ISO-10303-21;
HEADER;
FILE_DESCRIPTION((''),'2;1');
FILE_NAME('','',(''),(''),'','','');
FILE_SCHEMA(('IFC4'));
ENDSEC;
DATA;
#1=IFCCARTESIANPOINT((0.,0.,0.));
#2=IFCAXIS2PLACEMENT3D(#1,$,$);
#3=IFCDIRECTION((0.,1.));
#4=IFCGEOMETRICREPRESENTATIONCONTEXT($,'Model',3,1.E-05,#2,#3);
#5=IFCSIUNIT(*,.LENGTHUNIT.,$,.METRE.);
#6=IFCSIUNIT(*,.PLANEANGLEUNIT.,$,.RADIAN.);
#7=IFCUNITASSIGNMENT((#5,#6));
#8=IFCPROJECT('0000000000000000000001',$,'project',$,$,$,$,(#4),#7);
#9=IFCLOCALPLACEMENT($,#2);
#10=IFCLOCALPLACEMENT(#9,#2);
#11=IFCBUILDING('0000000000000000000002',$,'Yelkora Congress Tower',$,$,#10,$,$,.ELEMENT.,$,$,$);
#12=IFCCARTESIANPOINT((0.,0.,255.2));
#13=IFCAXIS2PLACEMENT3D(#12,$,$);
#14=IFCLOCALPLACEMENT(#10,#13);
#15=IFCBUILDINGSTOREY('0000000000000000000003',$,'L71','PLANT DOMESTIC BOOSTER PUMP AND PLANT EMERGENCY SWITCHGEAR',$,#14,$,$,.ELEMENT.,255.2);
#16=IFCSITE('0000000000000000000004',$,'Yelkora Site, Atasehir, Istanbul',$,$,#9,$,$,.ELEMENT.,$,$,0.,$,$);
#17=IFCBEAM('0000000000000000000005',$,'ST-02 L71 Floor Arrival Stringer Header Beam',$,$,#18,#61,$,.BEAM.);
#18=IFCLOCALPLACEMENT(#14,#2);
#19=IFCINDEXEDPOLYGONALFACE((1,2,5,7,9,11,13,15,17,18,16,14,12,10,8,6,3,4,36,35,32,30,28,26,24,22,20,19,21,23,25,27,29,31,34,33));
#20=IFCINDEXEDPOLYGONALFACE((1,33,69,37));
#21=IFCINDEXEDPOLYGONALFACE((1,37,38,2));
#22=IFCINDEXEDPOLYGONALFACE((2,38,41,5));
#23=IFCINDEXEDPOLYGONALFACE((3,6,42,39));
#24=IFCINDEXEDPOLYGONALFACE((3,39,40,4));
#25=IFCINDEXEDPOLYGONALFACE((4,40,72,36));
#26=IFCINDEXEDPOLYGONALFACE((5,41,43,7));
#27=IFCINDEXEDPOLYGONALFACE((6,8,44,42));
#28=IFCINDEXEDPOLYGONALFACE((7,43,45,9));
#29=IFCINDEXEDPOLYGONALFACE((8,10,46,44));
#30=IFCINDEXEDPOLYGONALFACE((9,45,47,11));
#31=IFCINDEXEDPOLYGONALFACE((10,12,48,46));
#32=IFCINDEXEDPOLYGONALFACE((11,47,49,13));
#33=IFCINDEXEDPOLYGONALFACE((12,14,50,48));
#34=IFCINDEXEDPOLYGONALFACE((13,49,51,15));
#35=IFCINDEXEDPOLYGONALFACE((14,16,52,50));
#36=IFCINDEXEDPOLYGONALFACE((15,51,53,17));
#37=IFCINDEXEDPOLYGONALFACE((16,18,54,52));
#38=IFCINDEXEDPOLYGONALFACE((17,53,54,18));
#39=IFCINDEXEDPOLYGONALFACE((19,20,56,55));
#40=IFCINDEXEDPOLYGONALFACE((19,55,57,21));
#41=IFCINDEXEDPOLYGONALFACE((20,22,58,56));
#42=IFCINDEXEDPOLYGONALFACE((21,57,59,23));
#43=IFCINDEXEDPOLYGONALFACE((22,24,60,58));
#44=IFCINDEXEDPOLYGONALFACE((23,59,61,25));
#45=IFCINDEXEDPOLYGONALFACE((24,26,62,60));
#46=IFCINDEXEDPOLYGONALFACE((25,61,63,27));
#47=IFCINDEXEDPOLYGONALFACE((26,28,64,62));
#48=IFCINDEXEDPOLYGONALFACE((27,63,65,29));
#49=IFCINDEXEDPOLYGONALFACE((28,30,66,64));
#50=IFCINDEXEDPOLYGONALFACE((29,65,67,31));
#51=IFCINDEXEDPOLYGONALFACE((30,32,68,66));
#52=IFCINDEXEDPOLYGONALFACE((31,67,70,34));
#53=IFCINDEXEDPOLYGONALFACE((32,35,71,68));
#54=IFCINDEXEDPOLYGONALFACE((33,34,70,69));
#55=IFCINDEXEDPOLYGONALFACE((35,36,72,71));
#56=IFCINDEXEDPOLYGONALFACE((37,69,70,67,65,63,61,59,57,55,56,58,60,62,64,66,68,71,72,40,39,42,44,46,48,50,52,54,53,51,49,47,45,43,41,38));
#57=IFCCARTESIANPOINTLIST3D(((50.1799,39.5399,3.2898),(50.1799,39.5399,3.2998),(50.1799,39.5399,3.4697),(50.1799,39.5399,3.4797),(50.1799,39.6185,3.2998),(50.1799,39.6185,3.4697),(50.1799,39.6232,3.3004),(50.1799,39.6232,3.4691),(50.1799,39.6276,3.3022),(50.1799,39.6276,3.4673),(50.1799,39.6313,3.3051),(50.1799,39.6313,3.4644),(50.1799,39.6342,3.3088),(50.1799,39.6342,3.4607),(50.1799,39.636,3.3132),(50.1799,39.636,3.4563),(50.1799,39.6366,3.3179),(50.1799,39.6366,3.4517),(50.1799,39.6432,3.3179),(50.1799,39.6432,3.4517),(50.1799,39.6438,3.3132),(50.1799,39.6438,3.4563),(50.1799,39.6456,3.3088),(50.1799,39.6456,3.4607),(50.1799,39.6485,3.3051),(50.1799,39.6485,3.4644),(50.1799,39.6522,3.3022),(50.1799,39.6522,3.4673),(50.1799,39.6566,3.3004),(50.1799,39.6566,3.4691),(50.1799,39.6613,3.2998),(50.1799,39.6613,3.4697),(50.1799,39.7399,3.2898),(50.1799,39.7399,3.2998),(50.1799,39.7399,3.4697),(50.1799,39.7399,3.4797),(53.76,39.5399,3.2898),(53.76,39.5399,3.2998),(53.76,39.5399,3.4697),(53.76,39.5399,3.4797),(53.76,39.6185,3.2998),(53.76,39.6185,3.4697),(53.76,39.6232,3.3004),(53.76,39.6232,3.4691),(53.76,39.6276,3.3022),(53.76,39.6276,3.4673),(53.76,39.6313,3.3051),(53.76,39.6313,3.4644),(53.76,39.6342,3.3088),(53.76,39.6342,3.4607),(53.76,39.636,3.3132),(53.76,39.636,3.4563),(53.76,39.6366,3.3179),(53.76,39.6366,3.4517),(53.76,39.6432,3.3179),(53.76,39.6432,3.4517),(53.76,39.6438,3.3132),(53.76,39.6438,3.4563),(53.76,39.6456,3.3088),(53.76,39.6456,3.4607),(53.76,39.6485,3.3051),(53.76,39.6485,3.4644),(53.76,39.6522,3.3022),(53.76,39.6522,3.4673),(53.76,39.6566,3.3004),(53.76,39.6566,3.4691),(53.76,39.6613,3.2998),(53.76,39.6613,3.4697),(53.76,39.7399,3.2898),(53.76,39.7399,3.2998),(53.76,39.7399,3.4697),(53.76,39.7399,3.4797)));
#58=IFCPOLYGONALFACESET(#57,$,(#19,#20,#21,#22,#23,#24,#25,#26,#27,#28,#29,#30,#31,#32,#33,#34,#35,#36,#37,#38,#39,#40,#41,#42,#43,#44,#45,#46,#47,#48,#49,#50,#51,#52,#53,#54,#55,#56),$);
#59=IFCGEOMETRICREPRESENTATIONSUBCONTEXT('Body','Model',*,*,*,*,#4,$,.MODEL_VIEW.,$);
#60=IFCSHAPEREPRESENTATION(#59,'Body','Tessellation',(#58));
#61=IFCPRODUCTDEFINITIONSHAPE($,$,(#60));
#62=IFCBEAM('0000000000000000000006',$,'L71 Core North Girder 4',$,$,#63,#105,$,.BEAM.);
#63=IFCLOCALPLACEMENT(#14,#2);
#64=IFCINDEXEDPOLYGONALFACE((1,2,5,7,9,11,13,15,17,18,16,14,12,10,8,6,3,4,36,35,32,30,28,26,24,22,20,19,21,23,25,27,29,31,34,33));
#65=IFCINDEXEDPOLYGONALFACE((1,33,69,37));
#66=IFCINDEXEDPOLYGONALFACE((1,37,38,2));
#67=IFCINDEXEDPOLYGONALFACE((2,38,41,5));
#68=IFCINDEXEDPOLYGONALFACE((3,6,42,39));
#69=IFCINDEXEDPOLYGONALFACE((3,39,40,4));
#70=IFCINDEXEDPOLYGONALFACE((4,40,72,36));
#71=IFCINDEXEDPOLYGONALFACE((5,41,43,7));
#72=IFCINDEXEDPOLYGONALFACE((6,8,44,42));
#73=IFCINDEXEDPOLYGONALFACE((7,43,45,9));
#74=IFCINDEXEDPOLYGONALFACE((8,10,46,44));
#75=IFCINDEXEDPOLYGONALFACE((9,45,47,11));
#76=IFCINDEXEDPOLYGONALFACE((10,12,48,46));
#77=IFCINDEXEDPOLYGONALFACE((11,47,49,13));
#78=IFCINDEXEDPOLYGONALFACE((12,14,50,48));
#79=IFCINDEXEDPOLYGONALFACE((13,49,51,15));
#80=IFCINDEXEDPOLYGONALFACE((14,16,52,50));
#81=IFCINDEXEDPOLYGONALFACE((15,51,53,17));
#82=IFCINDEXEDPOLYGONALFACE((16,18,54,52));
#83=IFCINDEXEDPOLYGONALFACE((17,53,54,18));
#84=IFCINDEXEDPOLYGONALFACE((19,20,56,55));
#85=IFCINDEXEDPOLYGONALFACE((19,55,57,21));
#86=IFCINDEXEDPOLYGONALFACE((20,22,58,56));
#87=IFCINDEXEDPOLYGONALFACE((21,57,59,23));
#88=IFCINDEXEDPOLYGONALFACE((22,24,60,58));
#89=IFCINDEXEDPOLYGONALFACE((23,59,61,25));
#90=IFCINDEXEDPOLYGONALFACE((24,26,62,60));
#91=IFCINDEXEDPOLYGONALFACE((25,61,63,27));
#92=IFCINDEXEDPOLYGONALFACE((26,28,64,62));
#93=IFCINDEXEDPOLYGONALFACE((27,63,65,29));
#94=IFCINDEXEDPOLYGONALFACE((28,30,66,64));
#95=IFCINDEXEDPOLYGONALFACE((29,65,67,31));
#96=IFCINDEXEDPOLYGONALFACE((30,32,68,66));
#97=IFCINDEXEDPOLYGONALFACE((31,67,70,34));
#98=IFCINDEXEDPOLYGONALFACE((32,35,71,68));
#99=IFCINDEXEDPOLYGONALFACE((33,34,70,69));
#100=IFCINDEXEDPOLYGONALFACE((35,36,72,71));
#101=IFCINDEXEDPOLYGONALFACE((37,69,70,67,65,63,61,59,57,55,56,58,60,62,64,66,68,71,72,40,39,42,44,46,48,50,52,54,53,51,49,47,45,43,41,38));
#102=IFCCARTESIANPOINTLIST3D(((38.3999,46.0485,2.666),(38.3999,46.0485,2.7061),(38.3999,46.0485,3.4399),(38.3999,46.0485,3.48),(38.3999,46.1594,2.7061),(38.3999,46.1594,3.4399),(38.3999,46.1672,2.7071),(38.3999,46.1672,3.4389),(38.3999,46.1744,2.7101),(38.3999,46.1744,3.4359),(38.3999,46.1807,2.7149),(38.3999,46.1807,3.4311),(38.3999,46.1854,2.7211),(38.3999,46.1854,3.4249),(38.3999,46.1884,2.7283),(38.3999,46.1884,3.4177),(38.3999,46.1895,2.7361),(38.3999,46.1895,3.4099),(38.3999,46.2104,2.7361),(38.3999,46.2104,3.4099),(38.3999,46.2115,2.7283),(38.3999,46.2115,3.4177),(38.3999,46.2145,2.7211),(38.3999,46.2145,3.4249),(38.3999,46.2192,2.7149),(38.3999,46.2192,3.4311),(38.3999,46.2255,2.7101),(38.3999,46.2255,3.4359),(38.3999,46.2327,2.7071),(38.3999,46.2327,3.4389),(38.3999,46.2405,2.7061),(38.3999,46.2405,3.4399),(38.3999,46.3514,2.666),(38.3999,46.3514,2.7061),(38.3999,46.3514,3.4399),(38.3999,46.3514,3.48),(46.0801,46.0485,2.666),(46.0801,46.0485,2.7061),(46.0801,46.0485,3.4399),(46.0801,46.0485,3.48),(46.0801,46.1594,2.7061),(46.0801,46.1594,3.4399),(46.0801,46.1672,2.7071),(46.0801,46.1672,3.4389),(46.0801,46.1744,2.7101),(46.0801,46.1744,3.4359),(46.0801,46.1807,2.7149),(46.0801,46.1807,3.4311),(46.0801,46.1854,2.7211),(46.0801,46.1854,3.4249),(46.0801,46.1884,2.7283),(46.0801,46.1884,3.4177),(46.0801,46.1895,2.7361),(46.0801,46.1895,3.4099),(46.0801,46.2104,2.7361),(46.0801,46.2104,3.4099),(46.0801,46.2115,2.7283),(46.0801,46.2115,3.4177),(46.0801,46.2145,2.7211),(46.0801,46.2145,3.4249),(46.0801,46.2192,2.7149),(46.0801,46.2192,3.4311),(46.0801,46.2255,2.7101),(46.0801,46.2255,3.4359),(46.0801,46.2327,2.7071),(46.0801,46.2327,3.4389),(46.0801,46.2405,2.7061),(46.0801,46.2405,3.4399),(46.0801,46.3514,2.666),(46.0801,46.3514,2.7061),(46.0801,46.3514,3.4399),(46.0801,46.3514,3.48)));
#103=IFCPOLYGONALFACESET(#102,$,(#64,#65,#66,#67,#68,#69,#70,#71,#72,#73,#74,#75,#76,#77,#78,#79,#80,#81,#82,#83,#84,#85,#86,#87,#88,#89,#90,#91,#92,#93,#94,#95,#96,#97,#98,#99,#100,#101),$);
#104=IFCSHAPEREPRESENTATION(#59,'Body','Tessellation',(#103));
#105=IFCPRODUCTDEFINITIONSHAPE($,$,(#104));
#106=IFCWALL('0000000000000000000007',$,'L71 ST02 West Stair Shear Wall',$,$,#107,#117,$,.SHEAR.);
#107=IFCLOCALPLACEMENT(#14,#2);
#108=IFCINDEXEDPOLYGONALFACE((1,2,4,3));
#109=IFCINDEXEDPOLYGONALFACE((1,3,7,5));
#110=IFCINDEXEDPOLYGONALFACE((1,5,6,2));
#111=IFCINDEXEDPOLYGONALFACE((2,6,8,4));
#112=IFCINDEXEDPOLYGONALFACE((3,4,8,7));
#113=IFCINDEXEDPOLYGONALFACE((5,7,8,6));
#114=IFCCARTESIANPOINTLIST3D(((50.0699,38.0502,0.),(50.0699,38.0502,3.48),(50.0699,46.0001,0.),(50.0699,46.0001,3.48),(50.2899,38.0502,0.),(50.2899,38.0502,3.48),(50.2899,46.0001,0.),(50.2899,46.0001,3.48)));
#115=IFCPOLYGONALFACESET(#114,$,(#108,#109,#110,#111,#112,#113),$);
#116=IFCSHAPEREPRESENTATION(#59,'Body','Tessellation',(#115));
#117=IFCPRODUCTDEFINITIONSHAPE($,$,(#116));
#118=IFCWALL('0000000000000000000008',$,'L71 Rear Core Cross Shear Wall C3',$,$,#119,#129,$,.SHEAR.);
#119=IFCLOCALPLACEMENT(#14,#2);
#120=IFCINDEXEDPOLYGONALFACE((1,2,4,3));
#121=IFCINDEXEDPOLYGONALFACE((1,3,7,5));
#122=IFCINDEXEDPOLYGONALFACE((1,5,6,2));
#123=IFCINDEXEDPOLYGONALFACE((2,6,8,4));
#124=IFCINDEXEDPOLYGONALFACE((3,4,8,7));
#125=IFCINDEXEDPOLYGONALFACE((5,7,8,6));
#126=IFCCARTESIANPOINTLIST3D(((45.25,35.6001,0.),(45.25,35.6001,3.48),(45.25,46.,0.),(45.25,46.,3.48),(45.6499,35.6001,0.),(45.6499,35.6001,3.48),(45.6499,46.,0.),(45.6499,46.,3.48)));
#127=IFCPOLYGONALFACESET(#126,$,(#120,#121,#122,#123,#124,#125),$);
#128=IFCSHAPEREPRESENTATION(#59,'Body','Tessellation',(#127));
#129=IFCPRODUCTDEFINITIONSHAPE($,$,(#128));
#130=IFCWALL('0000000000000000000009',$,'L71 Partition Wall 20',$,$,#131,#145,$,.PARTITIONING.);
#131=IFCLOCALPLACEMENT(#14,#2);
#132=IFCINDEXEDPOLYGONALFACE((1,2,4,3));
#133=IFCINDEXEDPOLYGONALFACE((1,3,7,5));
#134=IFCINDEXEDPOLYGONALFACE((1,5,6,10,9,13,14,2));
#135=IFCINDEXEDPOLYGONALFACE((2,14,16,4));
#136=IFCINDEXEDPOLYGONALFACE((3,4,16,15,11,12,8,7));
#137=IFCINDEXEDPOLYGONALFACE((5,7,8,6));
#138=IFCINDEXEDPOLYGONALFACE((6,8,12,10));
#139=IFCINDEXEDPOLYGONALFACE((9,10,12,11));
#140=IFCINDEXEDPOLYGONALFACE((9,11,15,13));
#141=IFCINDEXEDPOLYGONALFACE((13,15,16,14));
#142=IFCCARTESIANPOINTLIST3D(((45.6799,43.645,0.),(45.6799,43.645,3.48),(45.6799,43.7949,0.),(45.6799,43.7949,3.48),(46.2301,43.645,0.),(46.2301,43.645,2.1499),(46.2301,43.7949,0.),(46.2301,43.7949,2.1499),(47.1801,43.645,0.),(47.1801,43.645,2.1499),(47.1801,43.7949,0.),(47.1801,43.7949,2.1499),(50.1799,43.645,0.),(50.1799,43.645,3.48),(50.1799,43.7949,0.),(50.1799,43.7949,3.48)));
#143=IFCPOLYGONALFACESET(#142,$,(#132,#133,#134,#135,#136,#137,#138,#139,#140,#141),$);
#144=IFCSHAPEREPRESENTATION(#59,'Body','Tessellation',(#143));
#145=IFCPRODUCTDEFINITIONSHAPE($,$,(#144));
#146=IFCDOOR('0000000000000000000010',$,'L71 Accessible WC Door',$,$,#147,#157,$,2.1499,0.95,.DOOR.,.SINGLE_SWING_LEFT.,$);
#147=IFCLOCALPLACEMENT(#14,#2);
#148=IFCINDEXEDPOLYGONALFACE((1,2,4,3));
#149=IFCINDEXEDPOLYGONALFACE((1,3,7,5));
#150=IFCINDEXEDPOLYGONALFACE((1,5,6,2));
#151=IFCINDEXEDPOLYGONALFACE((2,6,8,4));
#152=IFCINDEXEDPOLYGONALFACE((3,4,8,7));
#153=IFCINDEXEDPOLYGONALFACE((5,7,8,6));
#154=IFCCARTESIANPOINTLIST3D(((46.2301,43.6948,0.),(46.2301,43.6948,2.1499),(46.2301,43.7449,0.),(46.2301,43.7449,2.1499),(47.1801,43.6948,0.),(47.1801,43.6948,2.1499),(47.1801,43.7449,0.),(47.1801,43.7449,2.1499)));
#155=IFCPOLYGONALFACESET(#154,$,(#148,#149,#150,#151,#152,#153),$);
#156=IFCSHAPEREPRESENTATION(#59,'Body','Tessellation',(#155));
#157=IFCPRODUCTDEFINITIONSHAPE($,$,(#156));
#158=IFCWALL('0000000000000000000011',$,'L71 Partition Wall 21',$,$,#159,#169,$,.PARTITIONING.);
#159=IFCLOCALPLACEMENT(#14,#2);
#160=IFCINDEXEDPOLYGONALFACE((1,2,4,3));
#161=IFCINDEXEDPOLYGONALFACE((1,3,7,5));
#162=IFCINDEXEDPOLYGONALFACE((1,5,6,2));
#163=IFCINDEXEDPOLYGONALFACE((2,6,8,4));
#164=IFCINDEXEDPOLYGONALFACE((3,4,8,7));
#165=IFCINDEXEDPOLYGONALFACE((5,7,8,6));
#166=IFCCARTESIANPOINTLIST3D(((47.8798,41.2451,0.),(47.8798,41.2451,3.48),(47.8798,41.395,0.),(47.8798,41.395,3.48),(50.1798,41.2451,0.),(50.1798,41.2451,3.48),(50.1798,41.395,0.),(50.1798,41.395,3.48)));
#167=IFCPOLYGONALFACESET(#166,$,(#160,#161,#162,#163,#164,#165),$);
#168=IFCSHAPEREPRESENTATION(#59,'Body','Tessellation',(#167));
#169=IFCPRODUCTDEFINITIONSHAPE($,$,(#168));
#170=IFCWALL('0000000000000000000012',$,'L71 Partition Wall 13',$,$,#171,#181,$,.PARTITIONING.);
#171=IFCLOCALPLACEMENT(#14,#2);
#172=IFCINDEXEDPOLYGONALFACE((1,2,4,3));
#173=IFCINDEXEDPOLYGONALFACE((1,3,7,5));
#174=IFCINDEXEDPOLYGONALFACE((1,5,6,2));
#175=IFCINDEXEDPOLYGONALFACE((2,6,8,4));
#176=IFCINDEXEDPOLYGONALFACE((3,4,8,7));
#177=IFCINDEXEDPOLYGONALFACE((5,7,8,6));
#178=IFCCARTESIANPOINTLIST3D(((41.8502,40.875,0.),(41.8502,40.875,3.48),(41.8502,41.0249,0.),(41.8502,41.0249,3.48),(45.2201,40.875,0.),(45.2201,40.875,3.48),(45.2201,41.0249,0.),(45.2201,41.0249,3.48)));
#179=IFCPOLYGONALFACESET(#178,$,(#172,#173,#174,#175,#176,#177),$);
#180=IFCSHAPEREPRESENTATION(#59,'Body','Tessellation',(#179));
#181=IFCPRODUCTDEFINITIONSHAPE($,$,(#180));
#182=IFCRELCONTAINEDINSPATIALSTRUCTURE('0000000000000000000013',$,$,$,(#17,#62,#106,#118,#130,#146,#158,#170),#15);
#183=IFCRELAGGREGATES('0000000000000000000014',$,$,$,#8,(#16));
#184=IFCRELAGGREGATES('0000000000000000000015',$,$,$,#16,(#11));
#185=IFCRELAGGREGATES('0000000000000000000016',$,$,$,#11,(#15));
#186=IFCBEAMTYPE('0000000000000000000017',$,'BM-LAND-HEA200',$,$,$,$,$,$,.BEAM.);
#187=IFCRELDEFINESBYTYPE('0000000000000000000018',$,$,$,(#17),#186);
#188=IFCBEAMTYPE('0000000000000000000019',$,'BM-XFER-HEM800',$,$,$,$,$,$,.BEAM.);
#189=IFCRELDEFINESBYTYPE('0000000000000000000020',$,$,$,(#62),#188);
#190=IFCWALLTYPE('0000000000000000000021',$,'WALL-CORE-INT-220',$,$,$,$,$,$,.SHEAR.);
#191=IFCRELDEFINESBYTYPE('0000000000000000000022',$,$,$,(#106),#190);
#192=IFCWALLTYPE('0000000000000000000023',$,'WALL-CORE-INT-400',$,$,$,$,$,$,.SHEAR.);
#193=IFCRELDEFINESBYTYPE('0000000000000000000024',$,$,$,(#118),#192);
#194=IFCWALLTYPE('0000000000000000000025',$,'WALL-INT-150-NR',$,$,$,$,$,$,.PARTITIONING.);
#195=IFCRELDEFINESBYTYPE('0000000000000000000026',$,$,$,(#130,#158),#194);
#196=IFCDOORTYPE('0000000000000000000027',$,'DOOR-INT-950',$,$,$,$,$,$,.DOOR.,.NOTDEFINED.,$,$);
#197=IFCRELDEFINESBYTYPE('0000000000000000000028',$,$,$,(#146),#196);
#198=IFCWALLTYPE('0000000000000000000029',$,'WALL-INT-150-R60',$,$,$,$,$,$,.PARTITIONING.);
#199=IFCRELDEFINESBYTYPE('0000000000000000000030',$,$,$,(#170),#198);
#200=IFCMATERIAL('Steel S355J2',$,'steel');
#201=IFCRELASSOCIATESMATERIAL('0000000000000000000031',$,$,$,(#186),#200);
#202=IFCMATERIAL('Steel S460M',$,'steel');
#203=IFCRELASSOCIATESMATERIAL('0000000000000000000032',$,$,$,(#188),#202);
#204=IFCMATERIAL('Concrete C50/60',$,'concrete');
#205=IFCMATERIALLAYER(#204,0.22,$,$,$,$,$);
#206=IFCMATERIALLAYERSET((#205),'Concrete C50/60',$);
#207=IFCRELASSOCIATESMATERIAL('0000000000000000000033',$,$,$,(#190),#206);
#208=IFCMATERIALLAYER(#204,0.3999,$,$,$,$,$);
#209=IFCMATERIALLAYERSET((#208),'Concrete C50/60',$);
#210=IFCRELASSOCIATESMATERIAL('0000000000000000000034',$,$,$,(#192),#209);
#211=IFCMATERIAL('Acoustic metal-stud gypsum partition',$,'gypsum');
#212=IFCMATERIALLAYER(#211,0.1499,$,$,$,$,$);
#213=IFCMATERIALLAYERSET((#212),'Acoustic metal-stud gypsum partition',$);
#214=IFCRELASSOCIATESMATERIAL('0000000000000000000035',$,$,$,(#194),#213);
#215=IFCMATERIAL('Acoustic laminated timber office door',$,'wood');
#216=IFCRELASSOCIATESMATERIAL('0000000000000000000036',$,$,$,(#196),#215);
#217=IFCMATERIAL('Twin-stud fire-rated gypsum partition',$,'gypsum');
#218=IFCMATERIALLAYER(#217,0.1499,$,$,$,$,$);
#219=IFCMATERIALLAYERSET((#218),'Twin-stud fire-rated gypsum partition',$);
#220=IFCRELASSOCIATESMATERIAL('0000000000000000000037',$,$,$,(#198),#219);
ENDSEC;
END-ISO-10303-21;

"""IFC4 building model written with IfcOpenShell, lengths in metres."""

from ifc_helpers import new_model, si_unit, direction, frame, frame_2d, origin, origin_2d, place, context, subcontext, project, spatial, rectangle, i_section, extrude, material, layer, layer_set, material_profile, profile_set, type_object, element, fill, save


model = new_model("IFC4")

# Units and contexts
model_context = context("Model", 3, precision=1e-05, world=origin(), true_north=direction((0.0, 1.0)))
body_context = subcontext(model_context, "Body", "Model", "MODEL_VIEW")
ifc_project = project(units=[si_unit("LENGTHUNIT", "METRE"), si_unit("PLANEANGLEUNIT", "RADIAN")], contexts=[model_context])

# Site, building, storey
site_placement = place(None, origin())
site = spatial("IfcSite", under=ifc_project, at=site_placement, Name="Yelkora Site, Atasehir, Istanbul", CompositionType="ELEMENT", RefElevation=0.0)
building_placement = place(site_placement, origin())
building = spatial("IfcBuilding", under=site, at=building_placement, Name="Yelkora Congress Tower", CompositionType="ELEMENT")
storey_placement = place(building_placement, frame((0.0, 0.0, 255.2)))
storey = spatial("IfcBuildingStorey", under=building, at=storey_placement, Name="L71", Description="PLANT DOMESTIC BOOSTER PUMP AND PLANT EMERGENCY SWITCHGEAR", CompositionType="ELEMENT", Elevation=255.2)

# Shared definitions
ifc_material_1 = material(Name="Steel S460M", Category="steel")

# Beams
ifc_material_2 = material(Name="Steel S355J2", Category="steel")
ifc_material_profile_1 = material_profile(ifc_material_2, i_section(OverallWidth=0.2, OverallDepth=0.1899, WebThickness=0.0066, FlangeThickness=0.01, FilletRadius=0.0181, at=origin_2d()), Name="HEA 200")
ifc_profile_set_1 = profile_set([ifc_material_profile_1], Name="Steel S355J2")
beam_type_1 = type_object("IfcBeamType", Name="BM-LAND-HEA200", PredefinedType="BEAM", material=ifc_profile_set_1)
for number, where, z_axis, x_axis, name in (
    (1, (50.1799, 39.6399, 3.3848), (1.0, 0.0, 0.0), (0.0, 1.0, 0.0), "ST-02 L71 Floor Arrival Stringer Header Beam"),
):
    element("IfcBeam", number, at=place(storey_placement, frame(where, z_axis=z_axis, x_axis=x_axis)), inside=storey, type_object=beam_type_1, Name=name, PredefinedType="BEAM", context=body_context, shape_type="SweptSolid", body=[
        extrude(i_section(OverallWidth=0.2, OverallDepth=0.1899, WebThickness=0.0066, FlangeThickness=0.01, FilletRadius=0.0181, at=origin_2d()), origin(), (0.0, 0.0, 1.0), 3.5801),
    ])
ifc_material_profile_2 = material_profile(ifc_material_1, i_section(OverallWidth=0.303, OverallDepth=0.814, WebThickness=0.021, FlangeThickness=0.04, FilletRadius=0.03, at=origin_2d()), Name="HEM 800")
ifc_profile_set_2 = profile_set([ifc_material_profile_2], Name="Steel S460M")
beam_type_2 = type_object("IfcBeamType", Name="BM-XFER-HEM800", PredefinedType="BEAM", material=ifc_profile_set_2)
beam_placement = place(storey_placement, frame((38.3999, 46.2, 3.073), z_axis=(1.0, 0.0, 0.0), x_axis=(0.0, 1.0, 0.0)))
element("IfcBeam", 2, at=beam_placement, inside=storey, type_object=beam_type_2, Name="L71 Core North Girder 4", PredefinedType="BEAM", context=body_context, shape_type="SweptSolid", body=[
    extrude(i_section(OverallWidth=0.303, OverallDepth=0.814, WebThickness=0.021, FlangeThickness=0.04, FilletRadius=0.03, at=origin_2d()), origin(), (0.0, 0.0, 1.0), 7.6802),
])

# Walls
ifc_material_3 = material(Name="Concrete C50/60", Category="concrete")
ifc_layer_1 = layer(ifc_material_3, 0.22)
ifc_layer_set_1 = layer_set([ifc_layer_1], Name="Concrete C50/60")
wall_type_1 = type_object("IfcWallType", Name="WALL-CORE-INT-220", PredefinedType="SHEAR", material=ifc_layer_set_1)
wall_1_placement = place(storey_placement, frame((50.1799, 38.05, 0.0), z_axis=(0.0, 0.0, 1.0), x_axis=(0.0, 1.0, 0.0)))
element("IfcWall", 3, at=wall_1_placement, inside=storey, type_object=wall_type_1, Name="L71 ST02 West Stair Shear Wall", PredefinedType="SHEAR", context=body_context, shape_type="SweptSolid", body=[
    extrude(rectangle(XDim=7.95, YDim=0.22, at=frame_2d((3.9751, 0.0))), origin(), (0.0, 0.0, 1.0), 3.48),
])
ifc_layer_2 = layer(ifc_material_3, 0.3999)
ifc_layer_set_2 = layer_set([ifc_layer_2], Name="Concrete C50/60")
wall_type_2 = type_object("IfcWallType", Name="WALL-CORE-INT-400", PredefinedType="SHEAR", material=ifc_layer_set_2)
wall_2_placement = place(storey_placement, frame((45.45, 35.6001, 0.0), z_axis=(0.0, 0.0, 1.0), x_axis=(0.0, 1.0, 0.0)))
element("IfcWall", 4, at=wall_2_placement, inside=storey, type_object=wall_type_2, Name="L71 Rear Core Cross Shear Wall C3", PredefinedType="SHEAR", context=body_context, shape_type="SweptSolid", body=[
    extrude(rectangle(XDim=10.3999, YDim=0.3999, at=frame_2d((5.2, 0.0))), origin(), (0.0, 0.0, 1.0), 3.48),
])

# Wall, opening, door
ifc_material_4 = material(Name="Acoustic metal-stud gypsum partition", Category="gypsum")
ifc_layer_3 = layer(ifc_material_4, 0.1499)
ifc_layer_set_3 = layer_set([ifc_layer_3], Name="Acoustic metal-stud gypsum partition")
wall_type_3 = type_object("IfcWallType", Name="WALL-INT-150-NR", PredefinedType="PARTITIONING", material=ifc_layer_set_3)
wall_3_placement = place(storey_placement, frame((45.6799, 43.72, 0.0), z_axis=(0.0, 0.0, 1.0), x_axis=(1.0, 0.0, 0.0)))
wall_3 = element("IfcWall", 5, at=wall_3_placement, inside=storey, type_object=wall_type_3, Name="L71 Partition Wall 20", PredefinedType="PARTITIONING", context=body_context, shape_type="SweptSolid", body=[
    extrude(rectangle(XDim=4.5, YDim=0.1499, at=frame_2d((2.25, 0.0))), origin(), (0.0, 0.0, 1.0), 3.48),
])
opening_1_placement = place(wall_3_placement, frame((0.55, 0.0, 0.0)))
opening_1 = element("IfcOpeningElement", 6, at=opening_1_placement, cuts=wall_3, PredefinedType="OPENING", context=body_context, shape_type="SweptSolid", body=[
    extrude(rectangle(XDim=0.95, YDim=2.1499, at=frame_2d((0.4751, 1.075))), frame((0.0, 0.085, 0.0), z_axis=(0.0, -1.0, 0.0), x_axis=(1.0, 0.0, 0.0)), (0.0, 0.0, 1.0), 0.1699),
])
ifc_material_5 = material(Name="Acoustic laminated timber office door", Category="wood")
door_type_1 = type_object("IfcDoorType", Name="DOOR-INT-950", OperationType="NOTDEFINED", PredefinedType="DOOR", material=ifc_material_5)
door_1_placement = place(opening_1_placement, origin())
door_1 = element("IfcDoor", 7, at=door_1_placement, inside=storey, type_object=door_type_1, Name="L71 Accessible WC Door", OperationType="SINGLE_SWING_LEFT", OverallHeight=2.1499, OverallWidth=0.95, PredefinedType="DOOR", context=body_context, shape_type="SweptSolid", body=[
    extrude(rectangle(XDim=0.95, YDim=2.1499, at=frame_2d((0.4751, 1.075))), frame((0.0, 0.0249, 0.0), z_axis=(0.0, -1.0, 0.0), x_axis=(1.0, 0.0, 0.0)), (0.0, 0.0, 1.0), 0.05),
])
fill(opening_1, door_1)

# Wall
wall_4_placement = place(storey_placement, frame((47.8799, 41.3201, 0.0), z_axis=(0.0, 0.0, 1.0), x_axis=(1.0, 0.0, 0.0)))
element("IfcWall", 8, at=wall_4_placement, inside=storey, type_object=wall_type_3, Name="L71 Partition Wall 21", PredefinedType="PARTITIONING", context=body_context, shape_type="SweptSolid", body=[
    extrude(rectangle(XDim=2.3, YDim=0.1499, at=frame_2d((1.1499, 0.0))), origin(), (0.0, 0.0, 1.0), 3.48),
])

# Wall
ifc_material_6 = material(Name="Twin-stud fire-rated gypsum partition", Category="gypsum")
ifc_layer_4 = layer(ifc_material_6, 0.1499)
ifc_layer_set_4 = layer_set([ifc_layer_4], Name="Twin-stud fire-rated gypsum partition")
wall_type_4 = type_object("IfcWallType", Name="WALL-INT-150-R60", PredefinedType="PARTITIONING", material=ifc_layer_set_4)
wall_5_placement = place(storey_placement, frame((41.8501, 40.95, 0.0), z_axis=(0.0, 0.0, 1.0), x_axis=(1.0, 0.0, 0.0)))
element("IfcWall", 9, at=wall_5_placement, inside=storey, type_object=wall_type_4, Name="L71 Partition Wall 13", PredefinedType="PARTITIONING", context=body_context, shape_type="SweptSolid", body=[
    extrude(rectangle(XDim=3.3699, YDim=0.1499, at=frame_2d((1.6851, 0.0))), origin(), (0.0, 0.0, 1.0), 3.48),
])

save(model, "model.ifc")
